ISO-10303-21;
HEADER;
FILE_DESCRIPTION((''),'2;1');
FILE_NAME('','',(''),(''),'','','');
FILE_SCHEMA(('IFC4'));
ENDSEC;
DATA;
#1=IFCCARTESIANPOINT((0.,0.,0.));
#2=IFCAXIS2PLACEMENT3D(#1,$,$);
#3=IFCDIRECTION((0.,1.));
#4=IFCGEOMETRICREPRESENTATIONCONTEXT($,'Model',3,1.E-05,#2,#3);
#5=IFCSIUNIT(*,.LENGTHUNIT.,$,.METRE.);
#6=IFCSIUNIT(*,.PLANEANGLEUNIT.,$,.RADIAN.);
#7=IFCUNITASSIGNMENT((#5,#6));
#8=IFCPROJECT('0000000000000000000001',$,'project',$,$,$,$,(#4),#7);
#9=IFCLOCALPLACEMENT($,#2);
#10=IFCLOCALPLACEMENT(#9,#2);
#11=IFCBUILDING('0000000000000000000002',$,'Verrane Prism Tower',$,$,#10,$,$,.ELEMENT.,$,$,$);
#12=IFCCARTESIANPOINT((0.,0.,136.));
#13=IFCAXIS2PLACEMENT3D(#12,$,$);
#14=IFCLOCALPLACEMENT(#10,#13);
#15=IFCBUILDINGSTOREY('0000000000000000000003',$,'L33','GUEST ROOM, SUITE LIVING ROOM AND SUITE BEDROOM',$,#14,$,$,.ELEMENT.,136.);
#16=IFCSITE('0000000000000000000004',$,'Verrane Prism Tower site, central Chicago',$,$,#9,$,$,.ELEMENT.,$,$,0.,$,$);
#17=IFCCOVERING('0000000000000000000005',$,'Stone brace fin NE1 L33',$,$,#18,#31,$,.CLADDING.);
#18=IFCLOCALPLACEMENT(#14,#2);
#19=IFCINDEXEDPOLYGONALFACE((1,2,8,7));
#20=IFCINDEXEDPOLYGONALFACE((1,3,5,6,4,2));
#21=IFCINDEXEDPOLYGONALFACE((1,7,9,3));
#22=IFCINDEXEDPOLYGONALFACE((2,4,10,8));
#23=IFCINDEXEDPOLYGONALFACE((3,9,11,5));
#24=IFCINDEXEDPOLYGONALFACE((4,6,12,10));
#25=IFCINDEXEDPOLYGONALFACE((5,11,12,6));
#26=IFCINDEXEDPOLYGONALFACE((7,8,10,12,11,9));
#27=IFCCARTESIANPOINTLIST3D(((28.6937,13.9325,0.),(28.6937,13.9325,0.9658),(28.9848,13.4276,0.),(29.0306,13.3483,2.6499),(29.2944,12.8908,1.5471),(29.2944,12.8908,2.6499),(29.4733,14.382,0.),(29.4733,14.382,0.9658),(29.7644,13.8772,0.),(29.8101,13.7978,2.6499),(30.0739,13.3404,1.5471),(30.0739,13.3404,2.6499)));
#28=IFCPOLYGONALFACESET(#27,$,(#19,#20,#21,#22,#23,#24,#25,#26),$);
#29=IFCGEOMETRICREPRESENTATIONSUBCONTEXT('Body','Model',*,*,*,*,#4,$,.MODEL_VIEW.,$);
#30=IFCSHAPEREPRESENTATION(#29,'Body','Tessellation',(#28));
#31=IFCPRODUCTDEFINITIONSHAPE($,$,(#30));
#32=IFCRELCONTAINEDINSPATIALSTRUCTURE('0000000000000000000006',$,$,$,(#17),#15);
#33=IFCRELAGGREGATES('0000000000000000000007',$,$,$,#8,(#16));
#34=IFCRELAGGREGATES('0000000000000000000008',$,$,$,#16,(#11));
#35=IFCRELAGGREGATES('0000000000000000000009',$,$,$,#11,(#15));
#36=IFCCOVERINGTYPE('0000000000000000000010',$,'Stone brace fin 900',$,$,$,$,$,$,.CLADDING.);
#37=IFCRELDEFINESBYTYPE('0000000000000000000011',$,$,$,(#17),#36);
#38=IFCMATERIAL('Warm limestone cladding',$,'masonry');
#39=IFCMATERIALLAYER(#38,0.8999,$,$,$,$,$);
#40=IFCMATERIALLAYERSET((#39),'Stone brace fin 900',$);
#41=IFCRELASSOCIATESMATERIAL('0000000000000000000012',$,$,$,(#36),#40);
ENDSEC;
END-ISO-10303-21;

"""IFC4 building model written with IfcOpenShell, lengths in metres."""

from ifc_helpers import new_model, si_unit, direction, frame, origin, place, context, subcontext, project, spatial, polyline, outline, extrude, material, layer, layer_set, type_object, element, save


model = new_model("IFC4")

# Units and contexts
model_context = context("Model", 3, precision=1e-05, world=origin(), true_north=direction((0.0, 1.0)))
body_context = subcontext(model_context, "Body", "Model", "MODEL_VIEW")
ifc_project = project(units=[si_unit("LENGTHUNIT", "METRE"), si_unit("PLANEANGLEUNIT", "RADIAN")], contexts=[model_context])

# Site, building, storey
site_placement = place(None, origin())
site = spatial("IfcSite", under=ifc_project, at=site_placement, Name="Verrane Prism Tower site, central Chicago", CompositionType="ELEMENT", RefElevation=0.0)
building_placement = place(site_placement, origin())
building = spatial("IfcBuilding", under=site, at=building_placement, Name="Verrane Prism Tower", CompositionType="ELEMENT")
storey_placement = place(building_placement, frame((0.0, 0.0, 136.0)))
storey = spatial("IfcBuildingStorey", under=building, at=storey_placement, Name="L33", Description="GUEST ROOM, SUITE LIVING ROOM AND SUITE BEDROOM", CompositionType="ELEMENT", Elevation=136.0)

# Covering
ifc_material_1 = material(Name="Warm limestone cladding", Category="masonry")
ifc_layer_1 = layer(ifc_material_1, 0.8999)
ifc_layer_set_1 = layer_set([ifc_layer_1], Name="Stone brace fin 900")
covering_type = type_object("IfcCoveringType", Name="Stone brace fin 900", PredefinedType="CLADDING", material=ifc_layer_set_1)
covering_1_placement = place(storey_placement, frame((29.0835, 14.1572, 0.0), z_axis=(0.0, 0.0, 1.0), x_axis=(0.499547, -0.866287, 0.0)))
element("IfcCovering", 1, at=covering_1_placement, inside=storey, type_object=covering_type, Name="Stone brace fin NE1 L33", PredefinedType="CLADDING", context=body_context, shape_type="SweptSolid", body=[
    extrude(outline(polyline([(1.2024, 2.6499), (0.6743, 2.6499), (0.0, 0.9658), (0.0, 0.0), (0.5828, 0.0), (1.2024, 1.5471), (1.2024, 2.6499)])), frame((0.0, 0.45, 0.0), z_axis=(0.0, -1.0, 0.0), x_axis=(1.0, 0.0, 0.0)), (0.0, 0.0, 1.0), 0.8999),
])

save(model, "model.ifc")
